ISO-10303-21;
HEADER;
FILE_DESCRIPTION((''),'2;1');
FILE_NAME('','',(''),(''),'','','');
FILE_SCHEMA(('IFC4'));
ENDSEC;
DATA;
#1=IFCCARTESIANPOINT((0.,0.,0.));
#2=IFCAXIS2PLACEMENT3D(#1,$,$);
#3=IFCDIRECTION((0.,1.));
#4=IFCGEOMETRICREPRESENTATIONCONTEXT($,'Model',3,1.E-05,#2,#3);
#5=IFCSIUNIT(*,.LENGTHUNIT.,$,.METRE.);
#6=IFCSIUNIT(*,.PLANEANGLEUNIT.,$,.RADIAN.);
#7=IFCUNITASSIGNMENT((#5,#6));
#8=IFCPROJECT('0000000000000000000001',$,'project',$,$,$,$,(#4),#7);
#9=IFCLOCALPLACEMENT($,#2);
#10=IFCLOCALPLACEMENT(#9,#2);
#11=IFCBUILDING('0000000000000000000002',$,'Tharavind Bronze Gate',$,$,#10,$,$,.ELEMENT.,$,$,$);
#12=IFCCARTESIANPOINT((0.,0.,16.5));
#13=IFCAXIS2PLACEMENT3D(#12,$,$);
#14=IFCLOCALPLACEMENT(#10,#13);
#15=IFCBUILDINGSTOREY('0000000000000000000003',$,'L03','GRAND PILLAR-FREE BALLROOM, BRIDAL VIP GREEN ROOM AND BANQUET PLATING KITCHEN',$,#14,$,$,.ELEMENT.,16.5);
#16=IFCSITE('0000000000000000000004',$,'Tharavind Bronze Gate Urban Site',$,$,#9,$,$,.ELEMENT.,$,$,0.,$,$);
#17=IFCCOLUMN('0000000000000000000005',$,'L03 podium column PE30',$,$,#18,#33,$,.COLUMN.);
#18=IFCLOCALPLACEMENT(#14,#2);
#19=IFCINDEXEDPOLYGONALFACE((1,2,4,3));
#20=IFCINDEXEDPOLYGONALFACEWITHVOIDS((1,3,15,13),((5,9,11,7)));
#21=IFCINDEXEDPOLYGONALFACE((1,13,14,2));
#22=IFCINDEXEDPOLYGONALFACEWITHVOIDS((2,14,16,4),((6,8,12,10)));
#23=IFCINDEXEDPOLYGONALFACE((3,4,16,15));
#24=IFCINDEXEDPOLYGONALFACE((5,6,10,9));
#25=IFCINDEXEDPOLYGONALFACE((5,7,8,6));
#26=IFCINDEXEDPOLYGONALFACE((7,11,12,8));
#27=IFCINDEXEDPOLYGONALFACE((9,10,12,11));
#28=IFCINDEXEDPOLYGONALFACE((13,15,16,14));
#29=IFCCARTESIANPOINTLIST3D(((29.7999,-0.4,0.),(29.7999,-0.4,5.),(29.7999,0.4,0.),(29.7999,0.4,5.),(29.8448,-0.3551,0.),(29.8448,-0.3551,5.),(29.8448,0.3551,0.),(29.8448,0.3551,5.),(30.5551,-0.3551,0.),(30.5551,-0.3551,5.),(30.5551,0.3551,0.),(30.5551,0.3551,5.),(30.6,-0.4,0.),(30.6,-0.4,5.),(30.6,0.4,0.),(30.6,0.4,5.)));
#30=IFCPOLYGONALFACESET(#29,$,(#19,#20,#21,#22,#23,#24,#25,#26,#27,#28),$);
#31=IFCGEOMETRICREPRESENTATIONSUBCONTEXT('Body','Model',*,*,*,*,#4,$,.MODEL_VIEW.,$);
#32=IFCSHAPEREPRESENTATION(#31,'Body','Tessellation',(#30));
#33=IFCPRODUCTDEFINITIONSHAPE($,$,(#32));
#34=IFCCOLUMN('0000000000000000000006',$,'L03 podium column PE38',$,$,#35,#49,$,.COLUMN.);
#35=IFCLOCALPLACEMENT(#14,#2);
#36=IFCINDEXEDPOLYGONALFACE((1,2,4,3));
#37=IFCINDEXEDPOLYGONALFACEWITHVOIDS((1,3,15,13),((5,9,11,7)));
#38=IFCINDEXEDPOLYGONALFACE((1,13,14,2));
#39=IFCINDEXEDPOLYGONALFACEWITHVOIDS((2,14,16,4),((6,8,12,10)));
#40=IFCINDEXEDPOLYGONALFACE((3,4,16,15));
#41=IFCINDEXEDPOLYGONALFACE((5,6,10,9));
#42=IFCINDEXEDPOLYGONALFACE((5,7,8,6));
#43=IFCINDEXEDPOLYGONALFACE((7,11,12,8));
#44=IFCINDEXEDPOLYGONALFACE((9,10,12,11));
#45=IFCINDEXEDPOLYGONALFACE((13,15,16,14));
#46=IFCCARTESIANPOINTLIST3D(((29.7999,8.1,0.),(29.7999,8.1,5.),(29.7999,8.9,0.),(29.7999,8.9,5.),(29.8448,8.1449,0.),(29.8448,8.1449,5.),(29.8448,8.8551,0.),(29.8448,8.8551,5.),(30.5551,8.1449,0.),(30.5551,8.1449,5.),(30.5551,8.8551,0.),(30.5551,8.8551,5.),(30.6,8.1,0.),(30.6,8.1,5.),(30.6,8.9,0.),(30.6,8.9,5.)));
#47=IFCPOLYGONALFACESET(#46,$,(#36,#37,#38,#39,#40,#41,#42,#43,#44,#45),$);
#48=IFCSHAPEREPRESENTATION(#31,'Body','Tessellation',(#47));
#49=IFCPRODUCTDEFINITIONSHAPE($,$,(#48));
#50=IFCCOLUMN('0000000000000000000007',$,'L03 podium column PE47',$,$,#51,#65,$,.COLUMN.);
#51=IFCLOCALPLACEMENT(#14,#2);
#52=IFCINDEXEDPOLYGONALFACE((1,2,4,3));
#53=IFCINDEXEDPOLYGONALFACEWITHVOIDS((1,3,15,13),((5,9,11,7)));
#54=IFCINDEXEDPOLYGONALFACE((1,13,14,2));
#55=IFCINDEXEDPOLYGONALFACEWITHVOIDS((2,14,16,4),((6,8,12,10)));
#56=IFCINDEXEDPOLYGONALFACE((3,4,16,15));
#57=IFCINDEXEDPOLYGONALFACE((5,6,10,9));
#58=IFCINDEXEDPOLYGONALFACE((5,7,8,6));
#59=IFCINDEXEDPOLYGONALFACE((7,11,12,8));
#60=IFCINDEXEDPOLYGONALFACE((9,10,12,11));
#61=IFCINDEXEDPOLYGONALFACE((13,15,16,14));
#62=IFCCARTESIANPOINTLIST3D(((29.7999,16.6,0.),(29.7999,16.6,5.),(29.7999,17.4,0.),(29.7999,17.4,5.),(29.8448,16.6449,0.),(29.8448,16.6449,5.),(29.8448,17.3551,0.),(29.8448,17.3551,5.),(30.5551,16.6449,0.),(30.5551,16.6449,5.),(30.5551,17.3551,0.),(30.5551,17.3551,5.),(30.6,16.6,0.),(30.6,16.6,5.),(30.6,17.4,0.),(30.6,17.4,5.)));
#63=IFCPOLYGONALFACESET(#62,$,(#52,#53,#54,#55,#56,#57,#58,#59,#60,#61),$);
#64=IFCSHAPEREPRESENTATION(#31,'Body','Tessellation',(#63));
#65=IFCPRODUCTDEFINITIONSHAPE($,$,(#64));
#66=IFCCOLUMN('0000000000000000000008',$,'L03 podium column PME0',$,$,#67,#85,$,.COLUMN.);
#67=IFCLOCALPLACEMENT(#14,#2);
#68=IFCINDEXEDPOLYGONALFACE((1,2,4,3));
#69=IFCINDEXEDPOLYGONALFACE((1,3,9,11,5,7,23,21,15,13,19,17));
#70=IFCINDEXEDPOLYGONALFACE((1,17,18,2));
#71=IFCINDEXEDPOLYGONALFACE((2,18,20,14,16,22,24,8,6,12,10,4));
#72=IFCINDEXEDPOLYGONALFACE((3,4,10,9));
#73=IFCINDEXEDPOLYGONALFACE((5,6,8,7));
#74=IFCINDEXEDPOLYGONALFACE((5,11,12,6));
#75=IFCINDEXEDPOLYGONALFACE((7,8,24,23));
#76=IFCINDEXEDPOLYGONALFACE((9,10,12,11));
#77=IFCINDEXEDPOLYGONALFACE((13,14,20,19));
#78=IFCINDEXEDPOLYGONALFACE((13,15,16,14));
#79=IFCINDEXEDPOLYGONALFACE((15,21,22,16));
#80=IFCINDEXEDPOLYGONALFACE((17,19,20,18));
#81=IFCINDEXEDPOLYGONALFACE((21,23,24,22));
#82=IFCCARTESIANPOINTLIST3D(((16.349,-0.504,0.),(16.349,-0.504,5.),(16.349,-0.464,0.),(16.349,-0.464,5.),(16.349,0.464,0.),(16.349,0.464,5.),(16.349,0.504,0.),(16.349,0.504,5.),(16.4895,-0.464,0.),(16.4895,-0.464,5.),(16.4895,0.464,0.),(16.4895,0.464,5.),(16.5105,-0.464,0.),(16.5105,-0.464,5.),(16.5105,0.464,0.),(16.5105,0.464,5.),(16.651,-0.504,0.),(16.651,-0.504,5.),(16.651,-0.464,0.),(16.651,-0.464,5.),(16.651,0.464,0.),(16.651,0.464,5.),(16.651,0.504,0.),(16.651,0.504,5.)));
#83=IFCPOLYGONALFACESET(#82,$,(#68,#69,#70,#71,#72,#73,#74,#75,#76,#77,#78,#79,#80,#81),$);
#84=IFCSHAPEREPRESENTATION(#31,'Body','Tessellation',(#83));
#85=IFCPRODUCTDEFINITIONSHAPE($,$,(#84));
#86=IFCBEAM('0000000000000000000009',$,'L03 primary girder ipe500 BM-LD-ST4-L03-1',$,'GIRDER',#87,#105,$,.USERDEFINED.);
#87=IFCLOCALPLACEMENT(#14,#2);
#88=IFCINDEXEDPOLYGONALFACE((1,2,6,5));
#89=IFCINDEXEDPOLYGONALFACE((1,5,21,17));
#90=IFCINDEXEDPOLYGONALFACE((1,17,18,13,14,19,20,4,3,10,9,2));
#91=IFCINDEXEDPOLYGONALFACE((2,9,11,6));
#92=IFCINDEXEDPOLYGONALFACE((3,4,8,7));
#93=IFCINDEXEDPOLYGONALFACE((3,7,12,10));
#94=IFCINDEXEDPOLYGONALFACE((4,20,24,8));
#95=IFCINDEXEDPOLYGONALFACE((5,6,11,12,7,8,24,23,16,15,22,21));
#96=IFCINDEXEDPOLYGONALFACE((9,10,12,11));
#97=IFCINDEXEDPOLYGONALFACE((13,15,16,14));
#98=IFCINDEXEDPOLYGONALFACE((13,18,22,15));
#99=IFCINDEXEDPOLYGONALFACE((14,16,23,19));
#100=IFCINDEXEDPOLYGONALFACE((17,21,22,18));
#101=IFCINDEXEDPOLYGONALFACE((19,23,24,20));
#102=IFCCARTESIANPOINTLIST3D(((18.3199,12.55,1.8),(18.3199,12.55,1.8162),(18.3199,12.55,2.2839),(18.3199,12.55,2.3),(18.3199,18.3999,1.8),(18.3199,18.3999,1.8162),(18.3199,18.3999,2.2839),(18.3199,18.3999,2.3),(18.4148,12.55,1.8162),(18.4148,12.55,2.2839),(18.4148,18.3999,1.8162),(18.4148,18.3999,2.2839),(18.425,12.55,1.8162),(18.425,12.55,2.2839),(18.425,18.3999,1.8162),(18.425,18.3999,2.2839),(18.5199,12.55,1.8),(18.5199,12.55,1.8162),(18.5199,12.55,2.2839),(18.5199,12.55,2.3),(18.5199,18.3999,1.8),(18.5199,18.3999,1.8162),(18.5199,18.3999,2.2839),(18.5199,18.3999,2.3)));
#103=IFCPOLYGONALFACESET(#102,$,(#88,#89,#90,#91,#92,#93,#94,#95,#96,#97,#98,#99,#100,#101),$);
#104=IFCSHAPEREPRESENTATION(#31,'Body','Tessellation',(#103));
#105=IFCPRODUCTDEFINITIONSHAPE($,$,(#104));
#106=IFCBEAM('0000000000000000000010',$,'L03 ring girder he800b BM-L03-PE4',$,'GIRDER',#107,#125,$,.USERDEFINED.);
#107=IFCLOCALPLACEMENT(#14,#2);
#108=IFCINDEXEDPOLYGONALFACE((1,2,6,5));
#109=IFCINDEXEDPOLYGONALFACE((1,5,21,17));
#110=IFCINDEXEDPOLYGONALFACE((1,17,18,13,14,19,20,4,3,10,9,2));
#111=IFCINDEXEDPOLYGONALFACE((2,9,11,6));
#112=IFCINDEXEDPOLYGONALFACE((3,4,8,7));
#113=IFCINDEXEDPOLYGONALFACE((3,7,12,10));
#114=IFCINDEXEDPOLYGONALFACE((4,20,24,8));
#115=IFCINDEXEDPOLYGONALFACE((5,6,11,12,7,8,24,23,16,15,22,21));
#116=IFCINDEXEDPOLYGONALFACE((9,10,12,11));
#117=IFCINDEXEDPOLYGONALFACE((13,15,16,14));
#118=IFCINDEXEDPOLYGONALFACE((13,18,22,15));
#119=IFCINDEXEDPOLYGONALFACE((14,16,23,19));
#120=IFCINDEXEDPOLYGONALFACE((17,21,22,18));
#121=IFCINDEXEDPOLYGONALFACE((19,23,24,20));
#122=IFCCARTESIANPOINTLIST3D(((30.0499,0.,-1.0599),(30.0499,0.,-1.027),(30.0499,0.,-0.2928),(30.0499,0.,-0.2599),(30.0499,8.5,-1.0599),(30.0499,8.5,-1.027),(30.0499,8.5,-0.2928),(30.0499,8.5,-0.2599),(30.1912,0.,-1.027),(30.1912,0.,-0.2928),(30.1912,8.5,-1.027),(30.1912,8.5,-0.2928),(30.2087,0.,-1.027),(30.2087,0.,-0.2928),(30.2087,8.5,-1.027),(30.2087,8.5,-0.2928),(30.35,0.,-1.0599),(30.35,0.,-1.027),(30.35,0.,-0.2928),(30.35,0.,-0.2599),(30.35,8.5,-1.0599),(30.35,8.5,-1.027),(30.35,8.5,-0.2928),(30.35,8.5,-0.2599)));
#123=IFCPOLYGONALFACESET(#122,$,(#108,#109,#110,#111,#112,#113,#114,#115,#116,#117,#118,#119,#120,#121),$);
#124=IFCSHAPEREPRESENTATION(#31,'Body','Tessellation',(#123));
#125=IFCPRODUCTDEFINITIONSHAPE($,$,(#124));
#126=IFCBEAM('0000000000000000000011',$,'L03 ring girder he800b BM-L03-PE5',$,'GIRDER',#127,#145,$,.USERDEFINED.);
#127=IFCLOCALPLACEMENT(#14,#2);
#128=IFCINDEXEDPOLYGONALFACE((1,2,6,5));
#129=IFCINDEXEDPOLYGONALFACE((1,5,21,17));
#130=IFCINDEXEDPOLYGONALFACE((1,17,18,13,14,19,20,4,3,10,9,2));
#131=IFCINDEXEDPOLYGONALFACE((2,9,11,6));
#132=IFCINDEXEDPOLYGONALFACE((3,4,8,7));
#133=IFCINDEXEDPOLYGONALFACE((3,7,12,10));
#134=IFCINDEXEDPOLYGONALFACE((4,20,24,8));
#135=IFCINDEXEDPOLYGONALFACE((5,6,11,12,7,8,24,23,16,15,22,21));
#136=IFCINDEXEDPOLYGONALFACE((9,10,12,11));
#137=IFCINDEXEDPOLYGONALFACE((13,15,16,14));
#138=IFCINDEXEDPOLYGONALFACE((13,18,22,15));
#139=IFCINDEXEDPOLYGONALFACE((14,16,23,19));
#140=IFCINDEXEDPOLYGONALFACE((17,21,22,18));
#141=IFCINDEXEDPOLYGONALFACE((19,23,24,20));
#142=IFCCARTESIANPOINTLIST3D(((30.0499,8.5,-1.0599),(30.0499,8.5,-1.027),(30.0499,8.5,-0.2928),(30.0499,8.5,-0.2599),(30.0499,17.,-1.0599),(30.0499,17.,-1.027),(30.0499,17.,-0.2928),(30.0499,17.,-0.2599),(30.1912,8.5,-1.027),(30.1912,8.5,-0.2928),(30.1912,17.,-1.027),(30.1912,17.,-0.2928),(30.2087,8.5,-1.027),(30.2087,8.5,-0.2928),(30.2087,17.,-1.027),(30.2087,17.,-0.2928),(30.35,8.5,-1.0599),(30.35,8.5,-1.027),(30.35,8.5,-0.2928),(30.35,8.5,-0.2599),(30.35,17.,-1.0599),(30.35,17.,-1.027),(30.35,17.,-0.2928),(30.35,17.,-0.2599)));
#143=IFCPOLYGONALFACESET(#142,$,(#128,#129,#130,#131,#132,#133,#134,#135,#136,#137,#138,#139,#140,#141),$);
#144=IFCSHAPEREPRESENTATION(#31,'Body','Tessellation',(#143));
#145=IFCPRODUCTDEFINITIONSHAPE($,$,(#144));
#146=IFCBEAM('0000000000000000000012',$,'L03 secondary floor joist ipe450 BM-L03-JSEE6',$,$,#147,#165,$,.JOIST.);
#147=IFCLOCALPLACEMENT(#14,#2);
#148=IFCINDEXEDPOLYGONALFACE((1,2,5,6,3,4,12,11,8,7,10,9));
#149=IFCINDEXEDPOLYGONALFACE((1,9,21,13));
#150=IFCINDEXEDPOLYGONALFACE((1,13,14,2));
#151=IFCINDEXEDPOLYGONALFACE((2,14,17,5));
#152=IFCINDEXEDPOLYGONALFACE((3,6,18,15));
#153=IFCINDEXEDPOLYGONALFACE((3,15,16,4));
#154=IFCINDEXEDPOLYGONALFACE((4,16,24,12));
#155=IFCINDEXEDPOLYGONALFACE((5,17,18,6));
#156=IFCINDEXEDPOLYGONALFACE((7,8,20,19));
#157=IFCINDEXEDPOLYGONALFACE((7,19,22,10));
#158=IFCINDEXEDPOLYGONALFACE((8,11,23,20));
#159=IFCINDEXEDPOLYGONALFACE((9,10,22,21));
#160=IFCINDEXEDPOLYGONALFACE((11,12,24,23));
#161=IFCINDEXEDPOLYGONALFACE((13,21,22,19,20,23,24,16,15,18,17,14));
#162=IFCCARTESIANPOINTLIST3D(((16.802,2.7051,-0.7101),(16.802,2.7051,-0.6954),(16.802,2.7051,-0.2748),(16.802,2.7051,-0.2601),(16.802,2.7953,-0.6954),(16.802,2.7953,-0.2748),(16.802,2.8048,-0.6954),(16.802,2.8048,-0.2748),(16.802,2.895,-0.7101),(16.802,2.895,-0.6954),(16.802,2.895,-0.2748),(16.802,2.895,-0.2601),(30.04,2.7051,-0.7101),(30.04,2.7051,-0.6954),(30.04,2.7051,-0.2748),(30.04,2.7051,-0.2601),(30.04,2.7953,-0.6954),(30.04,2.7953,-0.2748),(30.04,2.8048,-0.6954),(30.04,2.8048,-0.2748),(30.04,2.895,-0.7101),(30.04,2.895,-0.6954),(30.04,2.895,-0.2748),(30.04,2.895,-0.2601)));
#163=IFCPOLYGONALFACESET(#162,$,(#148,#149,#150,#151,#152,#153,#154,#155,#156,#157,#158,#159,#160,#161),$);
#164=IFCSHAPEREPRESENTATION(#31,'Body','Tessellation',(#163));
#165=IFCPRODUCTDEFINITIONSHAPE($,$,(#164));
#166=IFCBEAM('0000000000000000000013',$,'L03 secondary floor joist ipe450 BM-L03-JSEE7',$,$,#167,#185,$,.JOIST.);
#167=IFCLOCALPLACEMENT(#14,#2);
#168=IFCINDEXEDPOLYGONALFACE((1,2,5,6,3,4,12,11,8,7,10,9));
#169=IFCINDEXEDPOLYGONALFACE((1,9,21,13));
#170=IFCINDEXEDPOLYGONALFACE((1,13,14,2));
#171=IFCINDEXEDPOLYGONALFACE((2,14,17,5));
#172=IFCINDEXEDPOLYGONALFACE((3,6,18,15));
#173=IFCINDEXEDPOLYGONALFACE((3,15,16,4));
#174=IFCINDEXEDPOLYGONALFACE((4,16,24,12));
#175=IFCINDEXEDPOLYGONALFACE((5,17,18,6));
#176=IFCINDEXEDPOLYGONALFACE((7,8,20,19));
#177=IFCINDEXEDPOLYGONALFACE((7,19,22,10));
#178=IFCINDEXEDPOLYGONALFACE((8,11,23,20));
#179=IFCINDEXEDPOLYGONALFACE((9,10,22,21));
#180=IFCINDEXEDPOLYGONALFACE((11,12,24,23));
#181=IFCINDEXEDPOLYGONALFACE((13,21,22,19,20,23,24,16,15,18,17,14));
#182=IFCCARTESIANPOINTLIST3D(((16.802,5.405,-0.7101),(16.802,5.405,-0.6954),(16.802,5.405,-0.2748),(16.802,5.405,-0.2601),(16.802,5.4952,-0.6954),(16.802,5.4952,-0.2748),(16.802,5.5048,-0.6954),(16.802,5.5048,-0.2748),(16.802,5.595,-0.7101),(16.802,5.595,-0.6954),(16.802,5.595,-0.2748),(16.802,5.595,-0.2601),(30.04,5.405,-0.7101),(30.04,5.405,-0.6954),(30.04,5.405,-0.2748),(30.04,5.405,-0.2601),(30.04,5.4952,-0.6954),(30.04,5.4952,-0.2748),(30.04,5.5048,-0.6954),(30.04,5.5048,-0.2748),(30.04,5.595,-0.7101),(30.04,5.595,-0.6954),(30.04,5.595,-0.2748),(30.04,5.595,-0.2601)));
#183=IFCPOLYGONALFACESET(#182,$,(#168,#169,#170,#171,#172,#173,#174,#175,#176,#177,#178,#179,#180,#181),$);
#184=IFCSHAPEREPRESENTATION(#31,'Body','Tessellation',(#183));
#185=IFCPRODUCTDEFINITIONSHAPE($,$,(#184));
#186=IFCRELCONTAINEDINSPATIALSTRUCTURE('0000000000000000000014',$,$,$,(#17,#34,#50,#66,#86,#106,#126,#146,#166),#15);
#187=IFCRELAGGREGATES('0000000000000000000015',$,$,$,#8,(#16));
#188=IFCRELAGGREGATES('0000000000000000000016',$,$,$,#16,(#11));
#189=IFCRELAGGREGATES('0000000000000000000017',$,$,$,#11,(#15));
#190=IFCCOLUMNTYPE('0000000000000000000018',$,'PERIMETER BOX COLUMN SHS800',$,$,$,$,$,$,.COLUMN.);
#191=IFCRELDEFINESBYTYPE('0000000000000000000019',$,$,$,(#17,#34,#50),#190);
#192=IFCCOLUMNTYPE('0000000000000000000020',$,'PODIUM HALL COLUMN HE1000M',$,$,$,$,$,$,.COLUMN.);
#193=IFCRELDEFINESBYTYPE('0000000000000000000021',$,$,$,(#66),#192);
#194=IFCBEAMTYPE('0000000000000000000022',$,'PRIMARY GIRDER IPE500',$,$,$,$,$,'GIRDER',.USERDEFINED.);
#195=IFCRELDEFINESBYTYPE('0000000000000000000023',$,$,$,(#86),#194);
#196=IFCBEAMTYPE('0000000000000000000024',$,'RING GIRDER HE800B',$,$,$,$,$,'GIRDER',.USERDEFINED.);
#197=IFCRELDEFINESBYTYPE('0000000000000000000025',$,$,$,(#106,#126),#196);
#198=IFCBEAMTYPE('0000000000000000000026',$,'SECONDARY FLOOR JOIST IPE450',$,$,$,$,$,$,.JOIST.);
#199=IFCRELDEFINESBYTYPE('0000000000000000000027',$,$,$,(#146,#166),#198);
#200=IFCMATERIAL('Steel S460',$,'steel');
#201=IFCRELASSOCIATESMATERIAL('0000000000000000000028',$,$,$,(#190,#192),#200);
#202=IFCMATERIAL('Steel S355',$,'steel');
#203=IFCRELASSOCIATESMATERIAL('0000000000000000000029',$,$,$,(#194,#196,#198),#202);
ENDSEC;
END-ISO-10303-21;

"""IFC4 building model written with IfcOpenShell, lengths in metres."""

from ifc_helpers import new_model, si_unit, direction, frame, origin, origin_2d, place, context, subcontext, project, spatial, hollow_rectangle, i_section, extrude, material, material_profile, profile_set, type_object, element, save


model = new_model("IFC4")

# Units and contexts
model_context = context("Model", 3, precision=1e-05, world=origin(), true_north=direction((0.0, 1.0)))
body_context = subcontext(model_context, "Body", "Model", "MODEL_VIEW")
ifc_project = project(units=[si_unit("LENGTHUNIT", "METRE"), si_unit("PLANEANGLEUNIT", "RADIAN")], contexts=[model_context])

# Site, building, storey
site_placement = place(None, origin())
site = spatial("IfcSite", under=ifc_project, at=site_placement, Name="Tharavind Bronze Gate Urban Site", CompositionType="ELEMENT", RefElevation=0.0)
building_placement = place(site_placement, origin())
building = spatial("IfcBuilding", under=site, at=building_placement, Name="Tharavind Bronze Gate", CompositionType="ELEMENT")
storey_placement = place(building_placement, frame((0.0, 0.0, 16.5)))
storey = spatial("IfcBuildingStorey", under=building, at=storey_placement, Name="L03", Description="GRAND PILLAR-FREE BALLROOM, BRIDAL VIP GREEN ROOM AND BANQUET PLATING KITCHEN", CompositionType="ELEMENT", Elevation=16.5)

# Columns
ifc_material_1 = material(Name="Steel S460", Category="steel")
ifc_material_profile_1 = material_profile(ifc_material_1, hollow_rectangle(XDim=0.8, YDim=0.8, WallThickness=0.0449, at=origin_2d()), Name="SHS800X45")
ifc_profile_set_1 = profile_set([ifc_material_profile_1], Name="Steel S460")
column_type_1 = type_object("IfcColumnType", Name="PERIMETER BOX COLUMN SHS800", PredefinedType="COLUMN", material=ifc_profile_set_1)
for number, where, z_axis, x_axis, name in (
    (1, (30.2, 0.0, 0.0), (0.0, 0.0, 1.0), (1.0, 0.0, 0.0), "L03 podium column PE30"),
    (2, (30.2, 8.5, 0.0), (0.0, 0.0, 1.0), (1.0, 0.0, 0.0), "L03 podium column PE38"),
    (3, (30.2, 17.0, 0.0), (0.0, 0.0, 1.0), (1.0, 0.0, 0.0), "L03 podium column PE47"),
):
    element("IfcColumn", number, at=place(storey_placement, frame(where, z_axis=z_axis, x_axis=x_axis)), inside=storey, type_object=column_type_1, Name=name, PredefinedType="COLUMN", context=body_context, shape_type="SweptSolid", body=[
        extrude(hollow_rectangle(XDim=0.8, YDim=0.8, WallThickness=0.0449, at=origin_2d()), origin(), (0.0, 0.0, 1.0), 5.0),
    ])
ifc_material_profile_2 = material_profile(ifc_material_1, i_section(OverallWidth=0.302, OverallDepth=1.0081, WebThickness=0.021, FlangeThickness=0.04, at=origin_2d()), Name="HE1000M")
ifc_profile_set_2 = profile_set([ifc_material_profile_2], Name="Steel S460")
column_type_2 = type_object("IfcColumnType", Name="PODIUM HALL COLUMN HE1000M", PredefinedType="COLUMN", material=ifc_profile_set_2)
column_placement = place(storey_placement, frame((16.5, 0.0, 0.0), z_axis=(0.0, 0.0, 1.0), x_axis=(1.0, 0.0, 0.0)))
element("IfcColumn", 4, at=column_placement, inside=storey, type_object=column_type_2, Name="L03 podium column PME0", PredefinedType="COLUMN", context=body_context, shape_type="SweptSolid", body=[
    extrude(i_section(OverallWidth=0.302, OverallDepth=1.0081, WebThickness=0.021, FlangeThickness=0.04, at=origin_2d()), origin(), (0.0, 0.0, 1.0), 5.0),
])

# Beams
ifc_material_2 = material(Name="Steel S355", Category="steel")
ifc_material_profile_3 = material_profile(ifc_material_2, i_section(OverallWidth=0.2, OverallDepth=0.5, WebThickness=0.0103, FlangeThickness=0.0161, at=origin_2d()), Name="IPE500")
ifc_profile_set_3 = profile_set([ifc_material_profile_3], Name="Steel S355")
beam_type_1 = type_object("IfcBeamType", Name="PRIMARY GIRDER IPE500", ElementType="GIRDER", PredefinedType="USERDEFINED", material=ifc_profile_set_3)
beam_1_placement = place(storey_placement, frame((18.4199, 12.55, 2.05), z_axis=(0.0, 1.0, 0.0), x_axis=(-1.0, 0.0, 0.0)))
element("IfcBeam", 5, at=beam_1_placement, inside=storey, type_object=beam_type_1, Name="L03 primary girder ipe500 BM-LD-ST4-L03-1", ObjectType="GIRDER", PredefinedType="USERDEFINED", context=body_context, shape_type="SweptSolid", body=[
    extrude(i_section(OverallWidth=0.2, OverallDepth=0.5, WebThickness=0.0103, FlangeThickness=0.0161, at=origin_2d()), origin(), (0.0, 0.0, 1.0), 5.8499),
])
ifc_material_profile_4 = material_profile(ifc_material_2, i_section(OverallWidth=0.3, OverallDepth=0.8, WebThickness=0.0176, FlangeThickness=0.033, at=origin_2d()), Name="HE800B")
ifc_profile_set_4 = profile_set([ifc_material_profile_4], Name="Steel S355")
beam_type_2 = type_object("IfcBeamType", Name="RING GIRDER HE800B", ElementType="GIRDER", PredefinedType="USERDEFINED", material=ifc_profile_set_4)
for number, where, z_axis, x_axis, name in (
    (6, (30.2, 0.0, -0.6599), (0.0, 1.0, 0.0), (-1.0, 0.0, 0.0), "L03 ring girder he800b BM-L03-PE4"),
    (7, (30.2, 8.5, -0.6599), (0.0, 1.0, 0.0), (-1.0, 0.0, 0.0), "L03 ring girder he800b BM-L03-PE5"),
):
    element("IfcBeam", number, at=place(storey_placement, frame(where, z_axis=z_axis, x_axis=x_axis)), inside=storey, type_object=beam_type_2, Name=name, ObjectType="GIRDER", PredefinedType="USERDEFINED", context=body_context, shape_type="SweptSolid", body=[
        extrude(i_section(OverallWidth=0.3, OverallDepth=0.8, WebThickness=0.0176, FlangeThickness=0.033, at=origin_2d()), origin(), (0.0, 0.0, 1.0), 8.5),
    ])
ifc_material_profile_5 = material_profile(ifc_material_2, i_section(OverallWidth=0.1899, OverallDepth=0.45, WebThickness=0.0095, FlangeThickness=0.0146, at=origin_2d()), Name="IPE450")
ifc_profile_set_5 = profile_set([ifc_material_profile_5], Name="Steel S355")
beam_type_3 = type_object("IfcBeamType", Name="SECONDARY FLOOR JOIST IPE450", PredefinedType="JOIST", material=ifc_profile_set_5)
for number, where, z_axis, x_axis, name in (
    (8, (16.802, 2.8, -0.4851), (1.0, 0.0, 0.0), (0.0, 1.0, 0.0), "L03 secondary floor joist ipe450 BM-L03-JSEE6"),
    (9, (16.802, 5.5, -0.4851), (1.0, 0.0, 0.0), (0.0, 1.0, 0.0), "L03 secondary floor joist ipe450 BM-L03-JSEE7"),
):
    element("IfcBeam", number, at=place(storey_placement, frame(where, z_axis=z_axis, x_axis=x_axis)), inside=storey, type_object=beam_type_3, Name=name, PredefinedType="JOIST", context=body_context, shape_type="SweptSolid", body=[
        extrude(i_section(OverallWidth=0.1899, OverallDepth=0.45, WebThickness=0.0095, FlangeThickness=0.0146, at=origin_2d()), origin(), (0.0, 0.0, 1.0), 13.238),
    ])

save(model, "model.ifc")
